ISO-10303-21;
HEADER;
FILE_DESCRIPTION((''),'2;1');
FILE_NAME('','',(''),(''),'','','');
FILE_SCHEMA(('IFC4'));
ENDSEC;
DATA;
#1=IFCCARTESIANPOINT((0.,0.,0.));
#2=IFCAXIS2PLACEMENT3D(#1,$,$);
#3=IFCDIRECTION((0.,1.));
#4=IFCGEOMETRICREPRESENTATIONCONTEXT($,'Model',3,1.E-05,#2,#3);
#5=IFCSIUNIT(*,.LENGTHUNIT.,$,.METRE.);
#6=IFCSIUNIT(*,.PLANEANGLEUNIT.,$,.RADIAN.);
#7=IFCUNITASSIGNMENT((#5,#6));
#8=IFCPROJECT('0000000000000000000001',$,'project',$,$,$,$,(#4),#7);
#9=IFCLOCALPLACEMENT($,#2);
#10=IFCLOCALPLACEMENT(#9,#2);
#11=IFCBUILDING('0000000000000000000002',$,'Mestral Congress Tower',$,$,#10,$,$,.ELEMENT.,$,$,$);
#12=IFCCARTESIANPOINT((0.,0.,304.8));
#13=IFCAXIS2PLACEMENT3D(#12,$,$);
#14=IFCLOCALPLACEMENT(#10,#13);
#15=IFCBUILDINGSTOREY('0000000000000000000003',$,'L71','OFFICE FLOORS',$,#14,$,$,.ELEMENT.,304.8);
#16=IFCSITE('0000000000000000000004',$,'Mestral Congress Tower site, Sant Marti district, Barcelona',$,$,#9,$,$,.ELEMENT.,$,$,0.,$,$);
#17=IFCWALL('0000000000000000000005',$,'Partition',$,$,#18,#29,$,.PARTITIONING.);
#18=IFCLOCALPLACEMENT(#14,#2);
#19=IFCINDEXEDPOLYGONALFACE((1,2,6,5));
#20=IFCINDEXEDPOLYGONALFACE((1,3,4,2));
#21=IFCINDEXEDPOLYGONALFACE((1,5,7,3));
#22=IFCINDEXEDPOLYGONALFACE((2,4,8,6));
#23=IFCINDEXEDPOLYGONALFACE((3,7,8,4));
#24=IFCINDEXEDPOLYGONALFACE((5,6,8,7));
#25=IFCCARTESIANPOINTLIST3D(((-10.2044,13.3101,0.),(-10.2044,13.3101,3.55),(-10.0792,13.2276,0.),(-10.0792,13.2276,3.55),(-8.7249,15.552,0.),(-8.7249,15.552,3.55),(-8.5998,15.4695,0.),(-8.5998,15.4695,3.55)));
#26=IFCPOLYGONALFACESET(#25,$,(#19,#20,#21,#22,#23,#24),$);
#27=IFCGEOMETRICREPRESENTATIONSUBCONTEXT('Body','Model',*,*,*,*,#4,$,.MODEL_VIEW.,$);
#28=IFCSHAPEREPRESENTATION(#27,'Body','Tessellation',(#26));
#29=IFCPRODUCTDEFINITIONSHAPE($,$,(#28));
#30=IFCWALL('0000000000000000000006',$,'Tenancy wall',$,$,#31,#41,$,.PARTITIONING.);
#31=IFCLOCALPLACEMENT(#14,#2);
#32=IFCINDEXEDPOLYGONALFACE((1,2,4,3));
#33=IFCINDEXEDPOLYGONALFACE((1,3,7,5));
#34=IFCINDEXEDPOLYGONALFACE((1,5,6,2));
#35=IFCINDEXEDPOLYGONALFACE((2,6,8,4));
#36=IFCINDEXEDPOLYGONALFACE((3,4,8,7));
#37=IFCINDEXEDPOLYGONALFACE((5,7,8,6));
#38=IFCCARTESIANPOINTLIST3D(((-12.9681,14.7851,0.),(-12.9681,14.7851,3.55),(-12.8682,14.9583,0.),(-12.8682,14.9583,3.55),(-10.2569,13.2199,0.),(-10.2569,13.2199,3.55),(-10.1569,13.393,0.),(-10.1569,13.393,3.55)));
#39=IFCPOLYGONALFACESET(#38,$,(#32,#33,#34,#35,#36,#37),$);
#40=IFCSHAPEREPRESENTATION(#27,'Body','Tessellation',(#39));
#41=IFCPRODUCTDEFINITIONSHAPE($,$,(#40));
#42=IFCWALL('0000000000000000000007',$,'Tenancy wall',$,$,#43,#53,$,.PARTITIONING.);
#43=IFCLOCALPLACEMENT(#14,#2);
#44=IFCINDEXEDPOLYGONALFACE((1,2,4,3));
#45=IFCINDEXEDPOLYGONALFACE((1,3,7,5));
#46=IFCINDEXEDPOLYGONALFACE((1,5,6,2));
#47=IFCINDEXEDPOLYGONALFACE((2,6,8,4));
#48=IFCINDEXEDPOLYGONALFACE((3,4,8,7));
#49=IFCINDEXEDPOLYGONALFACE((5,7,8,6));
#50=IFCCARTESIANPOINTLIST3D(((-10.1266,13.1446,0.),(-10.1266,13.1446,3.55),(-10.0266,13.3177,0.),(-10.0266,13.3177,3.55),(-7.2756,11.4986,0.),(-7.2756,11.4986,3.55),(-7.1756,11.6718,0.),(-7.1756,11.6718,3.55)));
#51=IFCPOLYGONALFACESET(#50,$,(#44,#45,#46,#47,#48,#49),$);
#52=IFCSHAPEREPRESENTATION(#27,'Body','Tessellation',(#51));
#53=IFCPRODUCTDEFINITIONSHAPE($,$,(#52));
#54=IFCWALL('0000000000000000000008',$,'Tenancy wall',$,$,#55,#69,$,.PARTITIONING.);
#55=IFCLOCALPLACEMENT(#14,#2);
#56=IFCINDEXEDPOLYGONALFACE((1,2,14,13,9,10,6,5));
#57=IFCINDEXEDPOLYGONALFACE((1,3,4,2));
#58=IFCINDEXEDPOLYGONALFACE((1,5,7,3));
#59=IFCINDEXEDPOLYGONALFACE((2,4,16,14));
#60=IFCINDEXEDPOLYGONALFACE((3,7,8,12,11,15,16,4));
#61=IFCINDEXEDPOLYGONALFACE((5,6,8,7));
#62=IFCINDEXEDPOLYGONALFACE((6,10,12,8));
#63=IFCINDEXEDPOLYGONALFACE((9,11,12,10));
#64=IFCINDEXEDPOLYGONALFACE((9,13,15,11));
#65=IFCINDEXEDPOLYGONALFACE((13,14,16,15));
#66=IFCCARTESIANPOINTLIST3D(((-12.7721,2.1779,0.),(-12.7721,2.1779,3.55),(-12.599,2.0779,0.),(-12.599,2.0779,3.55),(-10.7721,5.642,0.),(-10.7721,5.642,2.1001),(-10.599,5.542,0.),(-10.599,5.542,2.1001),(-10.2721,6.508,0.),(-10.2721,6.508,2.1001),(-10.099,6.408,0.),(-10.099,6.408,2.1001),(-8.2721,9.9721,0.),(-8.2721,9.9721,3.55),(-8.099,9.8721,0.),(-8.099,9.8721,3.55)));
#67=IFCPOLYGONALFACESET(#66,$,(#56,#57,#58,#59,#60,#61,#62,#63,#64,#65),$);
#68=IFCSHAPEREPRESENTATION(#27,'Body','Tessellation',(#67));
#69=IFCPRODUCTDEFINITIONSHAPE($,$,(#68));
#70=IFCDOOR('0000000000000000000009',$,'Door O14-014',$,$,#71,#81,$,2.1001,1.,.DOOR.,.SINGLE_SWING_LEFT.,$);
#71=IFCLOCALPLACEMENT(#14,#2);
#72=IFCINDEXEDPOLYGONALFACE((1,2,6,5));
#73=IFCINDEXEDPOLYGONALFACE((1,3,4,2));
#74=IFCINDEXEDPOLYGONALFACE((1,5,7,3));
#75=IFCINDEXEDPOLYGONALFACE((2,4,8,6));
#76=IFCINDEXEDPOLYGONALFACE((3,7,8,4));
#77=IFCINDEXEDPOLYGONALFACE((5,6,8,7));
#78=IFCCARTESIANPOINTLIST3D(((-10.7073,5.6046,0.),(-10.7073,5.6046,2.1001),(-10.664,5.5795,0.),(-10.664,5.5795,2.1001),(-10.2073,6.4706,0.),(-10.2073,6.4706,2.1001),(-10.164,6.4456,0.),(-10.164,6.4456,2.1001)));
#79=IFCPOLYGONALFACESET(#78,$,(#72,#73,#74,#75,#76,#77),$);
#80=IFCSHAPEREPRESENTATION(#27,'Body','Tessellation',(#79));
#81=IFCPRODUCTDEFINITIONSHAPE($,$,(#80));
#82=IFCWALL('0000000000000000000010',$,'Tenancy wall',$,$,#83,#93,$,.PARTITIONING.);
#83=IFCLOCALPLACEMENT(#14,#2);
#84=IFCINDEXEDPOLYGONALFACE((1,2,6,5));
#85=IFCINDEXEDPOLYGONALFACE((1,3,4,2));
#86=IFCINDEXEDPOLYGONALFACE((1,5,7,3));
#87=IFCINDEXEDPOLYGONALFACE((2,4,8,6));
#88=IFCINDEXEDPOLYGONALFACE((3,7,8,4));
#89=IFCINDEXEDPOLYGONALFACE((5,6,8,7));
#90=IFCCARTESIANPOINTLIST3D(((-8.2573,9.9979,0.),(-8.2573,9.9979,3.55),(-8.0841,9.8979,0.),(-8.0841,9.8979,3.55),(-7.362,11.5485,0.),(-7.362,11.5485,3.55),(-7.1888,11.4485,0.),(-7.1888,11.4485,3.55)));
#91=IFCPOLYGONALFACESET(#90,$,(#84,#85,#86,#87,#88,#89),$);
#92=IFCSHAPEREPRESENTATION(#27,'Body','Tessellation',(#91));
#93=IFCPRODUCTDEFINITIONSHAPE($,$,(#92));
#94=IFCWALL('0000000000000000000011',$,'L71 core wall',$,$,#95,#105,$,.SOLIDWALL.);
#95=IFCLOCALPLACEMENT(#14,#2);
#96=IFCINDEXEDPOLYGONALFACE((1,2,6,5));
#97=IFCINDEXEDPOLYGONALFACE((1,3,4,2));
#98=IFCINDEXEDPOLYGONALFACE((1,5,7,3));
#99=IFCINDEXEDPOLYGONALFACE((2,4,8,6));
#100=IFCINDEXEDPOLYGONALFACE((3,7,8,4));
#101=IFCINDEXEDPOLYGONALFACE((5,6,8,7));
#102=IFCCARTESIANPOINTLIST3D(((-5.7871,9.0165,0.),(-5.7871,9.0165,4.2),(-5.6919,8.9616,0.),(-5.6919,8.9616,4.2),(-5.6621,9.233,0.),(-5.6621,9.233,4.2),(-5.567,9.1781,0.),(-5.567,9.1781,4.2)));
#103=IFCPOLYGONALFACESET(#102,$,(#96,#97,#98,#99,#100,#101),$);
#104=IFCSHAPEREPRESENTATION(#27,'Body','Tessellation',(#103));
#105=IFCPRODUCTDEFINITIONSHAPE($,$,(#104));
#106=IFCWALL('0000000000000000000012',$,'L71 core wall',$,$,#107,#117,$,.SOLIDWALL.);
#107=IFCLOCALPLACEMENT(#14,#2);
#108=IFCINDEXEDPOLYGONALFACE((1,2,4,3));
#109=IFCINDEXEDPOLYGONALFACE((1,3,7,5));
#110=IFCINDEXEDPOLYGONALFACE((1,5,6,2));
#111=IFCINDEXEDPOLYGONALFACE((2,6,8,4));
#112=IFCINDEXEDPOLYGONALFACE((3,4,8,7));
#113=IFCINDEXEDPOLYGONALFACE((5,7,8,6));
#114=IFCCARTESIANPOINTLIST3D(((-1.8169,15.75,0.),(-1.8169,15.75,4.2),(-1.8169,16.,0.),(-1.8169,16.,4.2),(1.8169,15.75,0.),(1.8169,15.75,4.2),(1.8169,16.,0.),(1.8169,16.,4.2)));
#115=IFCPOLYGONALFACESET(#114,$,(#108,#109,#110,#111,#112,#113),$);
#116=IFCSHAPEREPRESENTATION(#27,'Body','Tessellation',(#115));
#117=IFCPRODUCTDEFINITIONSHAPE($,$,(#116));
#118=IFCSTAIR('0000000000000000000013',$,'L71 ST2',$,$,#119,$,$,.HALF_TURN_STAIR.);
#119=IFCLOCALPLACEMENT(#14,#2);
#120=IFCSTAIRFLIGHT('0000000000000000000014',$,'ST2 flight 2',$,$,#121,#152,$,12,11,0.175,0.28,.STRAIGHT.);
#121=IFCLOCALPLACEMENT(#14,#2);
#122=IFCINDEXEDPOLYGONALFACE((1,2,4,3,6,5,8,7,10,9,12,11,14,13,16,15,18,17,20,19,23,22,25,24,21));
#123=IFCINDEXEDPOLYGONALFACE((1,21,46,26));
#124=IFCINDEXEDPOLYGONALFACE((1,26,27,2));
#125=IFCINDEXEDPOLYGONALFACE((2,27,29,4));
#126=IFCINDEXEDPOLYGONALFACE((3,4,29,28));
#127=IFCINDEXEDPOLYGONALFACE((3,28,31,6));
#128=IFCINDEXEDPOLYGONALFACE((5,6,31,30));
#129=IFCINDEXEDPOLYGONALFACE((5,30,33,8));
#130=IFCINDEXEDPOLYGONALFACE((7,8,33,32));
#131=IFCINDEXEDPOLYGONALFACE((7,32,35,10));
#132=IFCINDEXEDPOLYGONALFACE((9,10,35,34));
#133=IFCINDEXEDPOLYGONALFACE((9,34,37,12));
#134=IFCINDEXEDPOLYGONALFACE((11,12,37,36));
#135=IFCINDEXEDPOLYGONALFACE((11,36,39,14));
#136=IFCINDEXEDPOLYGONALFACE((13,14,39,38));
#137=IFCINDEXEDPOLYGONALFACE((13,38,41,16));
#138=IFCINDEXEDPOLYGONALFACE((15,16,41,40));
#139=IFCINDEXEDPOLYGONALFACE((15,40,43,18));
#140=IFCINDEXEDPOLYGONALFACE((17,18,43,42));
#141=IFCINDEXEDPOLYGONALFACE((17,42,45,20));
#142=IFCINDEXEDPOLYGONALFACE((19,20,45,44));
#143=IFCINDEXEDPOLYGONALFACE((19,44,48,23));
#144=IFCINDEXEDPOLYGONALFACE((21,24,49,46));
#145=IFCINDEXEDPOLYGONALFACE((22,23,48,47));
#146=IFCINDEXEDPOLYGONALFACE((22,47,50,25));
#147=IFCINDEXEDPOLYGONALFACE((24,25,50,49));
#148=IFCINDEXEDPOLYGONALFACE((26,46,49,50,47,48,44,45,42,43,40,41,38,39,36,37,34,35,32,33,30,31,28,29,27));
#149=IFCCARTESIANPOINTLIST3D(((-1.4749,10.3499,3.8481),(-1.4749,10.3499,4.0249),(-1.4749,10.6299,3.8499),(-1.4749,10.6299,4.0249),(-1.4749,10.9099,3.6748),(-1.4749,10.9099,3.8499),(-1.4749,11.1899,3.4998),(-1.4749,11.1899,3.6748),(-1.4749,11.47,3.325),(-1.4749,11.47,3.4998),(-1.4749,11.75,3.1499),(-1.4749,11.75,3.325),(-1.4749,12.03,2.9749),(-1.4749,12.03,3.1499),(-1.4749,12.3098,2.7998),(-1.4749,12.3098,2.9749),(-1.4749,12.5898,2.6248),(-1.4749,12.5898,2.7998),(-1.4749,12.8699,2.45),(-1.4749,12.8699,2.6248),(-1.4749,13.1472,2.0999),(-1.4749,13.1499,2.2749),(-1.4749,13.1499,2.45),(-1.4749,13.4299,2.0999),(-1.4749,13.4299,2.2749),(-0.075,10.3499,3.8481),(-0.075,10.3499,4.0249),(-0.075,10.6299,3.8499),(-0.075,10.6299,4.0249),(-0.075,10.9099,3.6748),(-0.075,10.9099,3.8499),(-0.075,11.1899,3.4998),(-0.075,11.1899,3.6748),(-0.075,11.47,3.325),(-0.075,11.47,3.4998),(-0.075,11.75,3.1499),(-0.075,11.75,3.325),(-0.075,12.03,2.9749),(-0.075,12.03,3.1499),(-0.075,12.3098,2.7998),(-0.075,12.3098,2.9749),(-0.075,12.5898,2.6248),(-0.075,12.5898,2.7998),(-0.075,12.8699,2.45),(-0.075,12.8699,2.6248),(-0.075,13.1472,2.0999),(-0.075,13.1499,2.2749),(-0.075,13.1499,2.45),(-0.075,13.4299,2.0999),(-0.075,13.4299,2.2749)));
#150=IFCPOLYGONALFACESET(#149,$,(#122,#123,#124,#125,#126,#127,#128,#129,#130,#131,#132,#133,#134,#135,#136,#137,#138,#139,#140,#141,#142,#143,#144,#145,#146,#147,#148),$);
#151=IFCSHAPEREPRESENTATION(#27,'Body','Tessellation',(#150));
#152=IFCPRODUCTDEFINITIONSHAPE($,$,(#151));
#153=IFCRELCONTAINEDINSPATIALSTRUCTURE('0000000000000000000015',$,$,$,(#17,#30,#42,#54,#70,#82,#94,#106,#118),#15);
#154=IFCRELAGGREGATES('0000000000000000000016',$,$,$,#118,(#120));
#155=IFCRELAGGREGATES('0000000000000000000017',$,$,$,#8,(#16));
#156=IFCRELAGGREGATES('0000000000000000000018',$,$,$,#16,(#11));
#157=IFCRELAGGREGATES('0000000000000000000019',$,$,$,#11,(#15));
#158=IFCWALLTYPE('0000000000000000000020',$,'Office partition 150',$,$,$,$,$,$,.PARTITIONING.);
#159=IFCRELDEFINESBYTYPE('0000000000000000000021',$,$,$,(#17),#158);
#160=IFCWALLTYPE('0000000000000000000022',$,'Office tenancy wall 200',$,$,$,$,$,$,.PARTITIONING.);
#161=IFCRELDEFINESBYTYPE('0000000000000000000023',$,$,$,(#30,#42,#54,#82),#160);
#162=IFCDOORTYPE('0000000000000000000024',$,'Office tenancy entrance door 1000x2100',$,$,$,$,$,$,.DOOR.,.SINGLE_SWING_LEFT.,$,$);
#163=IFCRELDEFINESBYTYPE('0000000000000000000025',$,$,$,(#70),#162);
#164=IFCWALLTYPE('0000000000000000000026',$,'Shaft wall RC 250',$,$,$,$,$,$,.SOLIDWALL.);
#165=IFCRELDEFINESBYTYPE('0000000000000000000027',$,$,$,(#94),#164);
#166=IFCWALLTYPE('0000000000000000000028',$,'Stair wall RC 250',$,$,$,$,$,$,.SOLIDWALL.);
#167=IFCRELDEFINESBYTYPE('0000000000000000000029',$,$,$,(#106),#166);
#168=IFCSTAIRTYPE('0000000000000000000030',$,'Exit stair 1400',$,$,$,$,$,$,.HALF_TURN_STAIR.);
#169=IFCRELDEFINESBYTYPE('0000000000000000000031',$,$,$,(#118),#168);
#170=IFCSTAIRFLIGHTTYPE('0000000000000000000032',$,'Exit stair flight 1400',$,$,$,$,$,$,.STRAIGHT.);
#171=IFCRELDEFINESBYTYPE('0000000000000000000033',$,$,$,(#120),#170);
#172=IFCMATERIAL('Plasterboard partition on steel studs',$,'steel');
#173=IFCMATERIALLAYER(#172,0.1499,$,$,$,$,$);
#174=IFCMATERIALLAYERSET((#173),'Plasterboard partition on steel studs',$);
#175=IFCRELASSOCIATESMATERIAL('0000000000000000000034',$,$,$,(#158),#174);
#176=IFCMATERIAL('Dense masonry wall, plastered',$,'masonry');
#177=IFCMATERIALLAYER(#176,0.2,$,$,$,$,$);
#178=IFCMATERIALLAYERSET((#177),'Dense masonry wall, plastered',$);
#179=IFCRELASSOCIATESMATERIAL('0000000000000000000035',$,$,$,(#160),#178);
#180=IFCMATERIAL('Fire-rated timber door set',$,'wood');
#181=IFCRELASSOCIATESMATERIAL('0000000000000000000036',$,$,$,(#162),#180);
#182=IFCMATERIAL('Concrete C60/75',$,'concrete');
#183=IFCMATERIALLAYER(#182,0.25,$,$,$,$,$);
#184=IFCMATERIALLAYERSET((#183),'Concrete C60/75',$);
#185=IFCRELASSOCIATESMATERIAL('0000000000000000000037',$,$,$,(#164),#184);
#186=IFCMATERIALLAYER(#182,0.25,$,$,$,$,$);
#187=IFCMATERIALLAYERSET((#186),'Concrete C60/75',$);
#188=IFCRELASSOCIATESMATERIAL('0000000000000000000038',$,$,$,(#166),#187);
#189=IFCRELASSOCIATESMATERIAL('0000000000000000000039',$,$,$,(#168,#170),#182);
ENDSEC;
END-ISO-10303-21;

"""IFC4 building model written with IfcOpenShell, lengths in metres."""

from ifc_helpers import new_model, si_unit, direction, frame, frame_2d, origin, place, context, subcontext, project, spatial, polyline, rectangle, outline, extrude, material, layer, layer_set, type_object, element, fill, aggregate, save


model = new_model("IFC4")

# Units and contexts
model_context = context("Model", 3, precision=1e-05, world=origin(), true_north=direction((0.0, 1.0)))
body_context = subcontext(model_context, "Body", "Model", "MODEL_VIEW")
ifc_project = project(units=[si_unit("LENGTHUNIT", "METRE"), si_unit("PLANEANGLEUNIT", "RADIAN")], contexts=[model_context])

# Site, building, storey
site_placement = place(None, origin())
site = spatial("IfcSite", under=ifc_project, at=site_placement, Name="Mestral Congress Tower site, Sant Marti district, Barcelona", CompositionType="ELEMENT", RefElevation=0.0)
building_placement = place(site_placement, origin())
building = spatial("IfcBuilding", under=site, at=building_placement, Name="Mestral Congress Tower", CompositionType="ELEMENT")
storey_placement = place(building_placement, frame((0.0, 0.0, 304.8)))
storey = spatial("IfcBuildingStorey", under=building, at=storey_placement, Name="L71", Description="OFFICE FLOORS", CompositionType="ELEMENT", Elevation=304.8)

# Shared definitions
ifc_material_1 = material(Name="Concrete C60/75", Category="concrete")

# Shared definitions
ifc_material_2 = material(Name="Plasterboard partition on steel studs", Category="steel")
ifc_layer_1 = layer(ifc_material_2, 0.1499)
ifc_layer_set_1 = layer_set([ifc_layer_1], Name="Plasterboard partition on steel studs")
wall_type_1 = type_object("IfcWallType", Name="Office partition 150", PredefinedType="PARTITIONING", material=ifc_layer_set_1)

# Walls
wall_1_placement = place(storey_placement, frame((-8.6624, 15.5107, 0.0), z_axis=(0.0, 0.0, 1.0), x_axis=(-0.550793, -0.834642, 0.0)))
element("IfcWall", 1, at=wall_1_placement, inside=storey, type_object=wall_type_1, Name="Partition", PredefinedType="PARTITIONING", context=body_context, shape_type="SweptSolid", body=[
    extrude(rectangle(XDim=2.686, YDim=0.1499, at=frame_2d((1.343, 0.0))), origin(), (0.0, 0.0, 1.0), 3.55),
])
ifc_material_3 = material(Name="Dense masonry wall, plastered", Category="masonry")
ifc_layer_2 = layer(ifc_material_3, 0.2)
ifc_layer_set_2 = layer_set([ifc_layer_2], Name="Dense masonry wall, plastered")
wall_type_2 = type_object("IfcWallType", Name="Office tenancy wall 200", PredefinedType="PARTITIONING", material=ifc_layer_set_2)
wall_2_placement = place(storey_placement, frame((-10.2068, 13.3064, 0.0), z_axis=(0.0, 0.0, 1.0), x_axis=(-0.866041, 0.499972, 0.0)))
element("IfcWall", 2, at=wall_2_placement, inside=storey, type_object=wall_type_2, Name="Tenancy wall", PredefinedType="PARTITIONING", context=body_context, shape_type="SweptSolid", body=[
    extrude(rectangle(XDim=3.1306, YDim=0.2, at=frame_2d((1.5654, 0.0))), origin(), (0.0, 0.0, 1.0), 3.55),
])
wall_3_placement = place(storey_placement, frame((-7.2256, 11.5852, 0.0), z_axis=(0.0, 0.0, 1.0), x_axis=(-0.866035, 0.499984, 0.0)))
element("IfcWall", 3, at=wall_3_placement, inside=storey, type_object=wall_type_2, Name="Tenancy wall", PredefinedType="PARTITIONING", context=body_context, shape_type="SweptSolid", body=[
    extrude(rectangle(XDim=3.292, YDim=0.2, at=frame_2d((1.646, 0.0))), origin(), (0.0, 0.0, 1.0), 3.55),
])

# Wall, opening, door
wall_4_placement = place(storey_placement, frame((-8.1855, 9.9221, 0.0), z_axis=(0.0, 0.0, 1.0), x_axis=(-0.500002, -0.866024, 0.0)))
wall_4 = element("IfcWall", 4, at=wall_4_placement, inside=storey, type_object=wall_type_2, Name="Tenancy wall", PredefinedType="PARTITIONING", context=body_context, shape_type="SweptSolid", body=[
    extrude(rectangle(XDim=9.0, YDim=0.2, at=frame_2d((4.5, 0.0))), origin(), (0.0, 0.0, 1.0), 3.55),
])
opening_1_placement = place(wall_4_placement, frame((4.0, 0.0, 0.0)))
opening_1 = element("IfcOpeningElement", 5, at=opening_1_placement, cuts=wall_4, PredefinedType="OPENING", context=body_context, shape_type="SweptSolid", body=[
    extrude(rectangle(XDim=1.0, YDim=2.1001, at=frame_2d((0.5, 1.05))), frame((0.0, 0.1099, 0.0), z_axis=(0.0, -1.0, 0.0), x_axis=(1.0, 0.0, 0.0)), (0.0, 0.0, 1.0), 0.22),
])
ifc_material_4 = material(Name="Fire-rated timber door set", Category="wood")
door_type_1 = type_object("IfcDoorType", Name="Office tenancy entrance door 1000x2100", OperationType="SINGLE_SWING_LEFT", PredefinedType="DOOR", material=ifc_material_4)
door_1_placement = place(opening_1_placement, origin())
door_1 = element("IfcDoor", 6, at=door_1_placement, inside=storey, type_object=door_type_1, Name="Door O14-014", OperationType="SINGLE_SWING_LEFT", OverallHeight=2.1001, OverallWidth=1.0, PredefinedType="DOOR", context=body_context, shape_type="SweptSolid", body=[
    extrude(rectangle(XDim=1.0, YDim=2.1001, at=frame_2d((0.5, 1.05))), frame((0.0, 0.0249, 0.0), z_axis=(0.0, -1.0, 0.0), x_axis=(1.0, 0.0, 0.0)), (0.0, 0.0, 1.0), 0.05),
])
fill(opening_1, door_1)

# Walls
wall_5_placement = place(storey_placement, frame((-7.2754, 11.4985, 0.0), z_axis=(0.0, 0.0, 1.0), x_axis=(-0.500025, -0.866011, 0.0)))
element("IfcWall", 7, at=wall_5_placement, inside=storey, type_object=wall_type_2, Name="Tenancy wall", PredefinedType="PARTITIONING", context=body_context, shape_type="SweptSolid", body=[
    extrude(rectangle(XDim=1.7905, YDim=0.2, at=frame_2d((0.8953, 0.0))), origin(), (0.0, 0.0, 1.0), 3.55),
])
ifc_layer_3 = layer(ifc_material_1, 0.25)
ifc_layer_set_3 = layer_set([ifc_layer_3], Name="Concrete C60/75")
wall_type_3 = type_object("IfcWallType", Name="Shaft wall RC 250", PredefinedType="SOLIDWALL", material=ifc_layer_set_3)
wall_6_placement = place(storey_placement, frame((-5.7246, 9.1248, 0.0), z_axis=(0.0, 0.0, 1.0), x_axis=(0.866186, -0.499722, 0.0)))
element("IfcWall", 8, at=wall_6_placement, inside=storey, type_object=wall_type_3, Name="L71 core wall", PredefinedType="SOLIDWALL", context=body_context, shape_type="SweptSolid", body=[
    extrude(rectangle(XDim=0.1099, YDim=0.25, at=frame_2d((0.0549, 0.0))), origin(), (0.0, 0.0, 1.0), 4.2),
])
ifc_layer_4 = layer(ifc_material_1, 0.25)
ifc_layer_set_4 = layer_set([ifc_layer_4], Name="Concrete C60/75")
wall_type_4 = type_object("IfcWallType", Name="Stair wall RC 250", PredefinedType="SOLIDWALL", material=ifc_layer_set_4)
wall_7_placement = place(storey_placement, frame((-1.8169, 15.875, 0.0), z_axis=(0.0, 0.0, 1.0), x_axis=(1.0, 0.0, 0.0)))
element("IfcWall", 9, at=wall_7_placement, inside=storey, type_object=wall_type_4, Name="L71 core wall", PredefinedType="SOLIDWALL", context=body_context, shape_type="SweptSolid", body=[
    extrude(rectangle(XDim=3.6338, YDim=0.25, at=frame_2d((1.8169, 0.0))), origin(), (0.0, 0.0, 1.0), 4.2),
])

# Stair, stair flight
stair_type = type_object("IfcStairType", Name="Exit stair 1400", PredefinedType="HALF_TURN_STAIR", material=ifc_material_1)
stair_placement = place(storey_placement, origin())
stair = element("IfcStair", 10, at=stair_placement, inside=storey, type_object=stair_type, Name="L71 ST2", PredefinedType="HALF_TURN_STAIR")
stair_flight_type = type_object("IfcStairFlightType", Name="Exit stair flight 1400", PredefinedType="STRAIGHT", material=ifc_material_1)
stair_flight_placement = place(storey_placement, frame((-0.7749, 13.4299, 2.0999), z_axis=(0.0, 0.0, 1.0), x_axis=(0.0, -1.0, 0.0)))
stair_flight = element("IfcStairFlight", 11, at=stair_flight_placement, type_object=stair_flight_type, Name="ST2 flight 2", NumberOfRisers=12, NumberOfTreads=11, PredefinedType="STRAIGHT", RiserHeight=0.175, TreadLength=0.28, context=body_context, shape_type="SweptSolid", body=[
    extrude(outline(polyline([(0.0, 0.0), (0.0, 0.175), (0.28, 0.175), (0.28, 0.3501), (0.5601, 0.3501), (0.5601, 0.5249), (0.8401, 0.5249), (0.8401, 0.7), (1.1201, 0.7), (1.1201, 0.875), (1.3999, 0.875), (1.3999, 1.05), (1.6799, 1.05), (1.6799, 1.2251), (1.96, 1.2251), (1.96, 1.3999), (2.24, 1.3999), (2.24, 1.575), (2.52, 1.575), (2.52, 1.75), (2.8, 1.75), (2.8, 1.925), (3.0801, 1.925), (3.0801, 2.1001), (3.0801, 1.7483), (0.2827, 0.0), (0.0, 0.0)])), frame((0.0, 0.7, 0.0), z_axis=(0.0, -1.0, 0.0), x_axis=(1.0, 0.0, 0.0)), (0.0, 0.0, 1.0), 1.3999),
])
aggregate(stair, [stair_flight])

save(model, "model.ifc")
